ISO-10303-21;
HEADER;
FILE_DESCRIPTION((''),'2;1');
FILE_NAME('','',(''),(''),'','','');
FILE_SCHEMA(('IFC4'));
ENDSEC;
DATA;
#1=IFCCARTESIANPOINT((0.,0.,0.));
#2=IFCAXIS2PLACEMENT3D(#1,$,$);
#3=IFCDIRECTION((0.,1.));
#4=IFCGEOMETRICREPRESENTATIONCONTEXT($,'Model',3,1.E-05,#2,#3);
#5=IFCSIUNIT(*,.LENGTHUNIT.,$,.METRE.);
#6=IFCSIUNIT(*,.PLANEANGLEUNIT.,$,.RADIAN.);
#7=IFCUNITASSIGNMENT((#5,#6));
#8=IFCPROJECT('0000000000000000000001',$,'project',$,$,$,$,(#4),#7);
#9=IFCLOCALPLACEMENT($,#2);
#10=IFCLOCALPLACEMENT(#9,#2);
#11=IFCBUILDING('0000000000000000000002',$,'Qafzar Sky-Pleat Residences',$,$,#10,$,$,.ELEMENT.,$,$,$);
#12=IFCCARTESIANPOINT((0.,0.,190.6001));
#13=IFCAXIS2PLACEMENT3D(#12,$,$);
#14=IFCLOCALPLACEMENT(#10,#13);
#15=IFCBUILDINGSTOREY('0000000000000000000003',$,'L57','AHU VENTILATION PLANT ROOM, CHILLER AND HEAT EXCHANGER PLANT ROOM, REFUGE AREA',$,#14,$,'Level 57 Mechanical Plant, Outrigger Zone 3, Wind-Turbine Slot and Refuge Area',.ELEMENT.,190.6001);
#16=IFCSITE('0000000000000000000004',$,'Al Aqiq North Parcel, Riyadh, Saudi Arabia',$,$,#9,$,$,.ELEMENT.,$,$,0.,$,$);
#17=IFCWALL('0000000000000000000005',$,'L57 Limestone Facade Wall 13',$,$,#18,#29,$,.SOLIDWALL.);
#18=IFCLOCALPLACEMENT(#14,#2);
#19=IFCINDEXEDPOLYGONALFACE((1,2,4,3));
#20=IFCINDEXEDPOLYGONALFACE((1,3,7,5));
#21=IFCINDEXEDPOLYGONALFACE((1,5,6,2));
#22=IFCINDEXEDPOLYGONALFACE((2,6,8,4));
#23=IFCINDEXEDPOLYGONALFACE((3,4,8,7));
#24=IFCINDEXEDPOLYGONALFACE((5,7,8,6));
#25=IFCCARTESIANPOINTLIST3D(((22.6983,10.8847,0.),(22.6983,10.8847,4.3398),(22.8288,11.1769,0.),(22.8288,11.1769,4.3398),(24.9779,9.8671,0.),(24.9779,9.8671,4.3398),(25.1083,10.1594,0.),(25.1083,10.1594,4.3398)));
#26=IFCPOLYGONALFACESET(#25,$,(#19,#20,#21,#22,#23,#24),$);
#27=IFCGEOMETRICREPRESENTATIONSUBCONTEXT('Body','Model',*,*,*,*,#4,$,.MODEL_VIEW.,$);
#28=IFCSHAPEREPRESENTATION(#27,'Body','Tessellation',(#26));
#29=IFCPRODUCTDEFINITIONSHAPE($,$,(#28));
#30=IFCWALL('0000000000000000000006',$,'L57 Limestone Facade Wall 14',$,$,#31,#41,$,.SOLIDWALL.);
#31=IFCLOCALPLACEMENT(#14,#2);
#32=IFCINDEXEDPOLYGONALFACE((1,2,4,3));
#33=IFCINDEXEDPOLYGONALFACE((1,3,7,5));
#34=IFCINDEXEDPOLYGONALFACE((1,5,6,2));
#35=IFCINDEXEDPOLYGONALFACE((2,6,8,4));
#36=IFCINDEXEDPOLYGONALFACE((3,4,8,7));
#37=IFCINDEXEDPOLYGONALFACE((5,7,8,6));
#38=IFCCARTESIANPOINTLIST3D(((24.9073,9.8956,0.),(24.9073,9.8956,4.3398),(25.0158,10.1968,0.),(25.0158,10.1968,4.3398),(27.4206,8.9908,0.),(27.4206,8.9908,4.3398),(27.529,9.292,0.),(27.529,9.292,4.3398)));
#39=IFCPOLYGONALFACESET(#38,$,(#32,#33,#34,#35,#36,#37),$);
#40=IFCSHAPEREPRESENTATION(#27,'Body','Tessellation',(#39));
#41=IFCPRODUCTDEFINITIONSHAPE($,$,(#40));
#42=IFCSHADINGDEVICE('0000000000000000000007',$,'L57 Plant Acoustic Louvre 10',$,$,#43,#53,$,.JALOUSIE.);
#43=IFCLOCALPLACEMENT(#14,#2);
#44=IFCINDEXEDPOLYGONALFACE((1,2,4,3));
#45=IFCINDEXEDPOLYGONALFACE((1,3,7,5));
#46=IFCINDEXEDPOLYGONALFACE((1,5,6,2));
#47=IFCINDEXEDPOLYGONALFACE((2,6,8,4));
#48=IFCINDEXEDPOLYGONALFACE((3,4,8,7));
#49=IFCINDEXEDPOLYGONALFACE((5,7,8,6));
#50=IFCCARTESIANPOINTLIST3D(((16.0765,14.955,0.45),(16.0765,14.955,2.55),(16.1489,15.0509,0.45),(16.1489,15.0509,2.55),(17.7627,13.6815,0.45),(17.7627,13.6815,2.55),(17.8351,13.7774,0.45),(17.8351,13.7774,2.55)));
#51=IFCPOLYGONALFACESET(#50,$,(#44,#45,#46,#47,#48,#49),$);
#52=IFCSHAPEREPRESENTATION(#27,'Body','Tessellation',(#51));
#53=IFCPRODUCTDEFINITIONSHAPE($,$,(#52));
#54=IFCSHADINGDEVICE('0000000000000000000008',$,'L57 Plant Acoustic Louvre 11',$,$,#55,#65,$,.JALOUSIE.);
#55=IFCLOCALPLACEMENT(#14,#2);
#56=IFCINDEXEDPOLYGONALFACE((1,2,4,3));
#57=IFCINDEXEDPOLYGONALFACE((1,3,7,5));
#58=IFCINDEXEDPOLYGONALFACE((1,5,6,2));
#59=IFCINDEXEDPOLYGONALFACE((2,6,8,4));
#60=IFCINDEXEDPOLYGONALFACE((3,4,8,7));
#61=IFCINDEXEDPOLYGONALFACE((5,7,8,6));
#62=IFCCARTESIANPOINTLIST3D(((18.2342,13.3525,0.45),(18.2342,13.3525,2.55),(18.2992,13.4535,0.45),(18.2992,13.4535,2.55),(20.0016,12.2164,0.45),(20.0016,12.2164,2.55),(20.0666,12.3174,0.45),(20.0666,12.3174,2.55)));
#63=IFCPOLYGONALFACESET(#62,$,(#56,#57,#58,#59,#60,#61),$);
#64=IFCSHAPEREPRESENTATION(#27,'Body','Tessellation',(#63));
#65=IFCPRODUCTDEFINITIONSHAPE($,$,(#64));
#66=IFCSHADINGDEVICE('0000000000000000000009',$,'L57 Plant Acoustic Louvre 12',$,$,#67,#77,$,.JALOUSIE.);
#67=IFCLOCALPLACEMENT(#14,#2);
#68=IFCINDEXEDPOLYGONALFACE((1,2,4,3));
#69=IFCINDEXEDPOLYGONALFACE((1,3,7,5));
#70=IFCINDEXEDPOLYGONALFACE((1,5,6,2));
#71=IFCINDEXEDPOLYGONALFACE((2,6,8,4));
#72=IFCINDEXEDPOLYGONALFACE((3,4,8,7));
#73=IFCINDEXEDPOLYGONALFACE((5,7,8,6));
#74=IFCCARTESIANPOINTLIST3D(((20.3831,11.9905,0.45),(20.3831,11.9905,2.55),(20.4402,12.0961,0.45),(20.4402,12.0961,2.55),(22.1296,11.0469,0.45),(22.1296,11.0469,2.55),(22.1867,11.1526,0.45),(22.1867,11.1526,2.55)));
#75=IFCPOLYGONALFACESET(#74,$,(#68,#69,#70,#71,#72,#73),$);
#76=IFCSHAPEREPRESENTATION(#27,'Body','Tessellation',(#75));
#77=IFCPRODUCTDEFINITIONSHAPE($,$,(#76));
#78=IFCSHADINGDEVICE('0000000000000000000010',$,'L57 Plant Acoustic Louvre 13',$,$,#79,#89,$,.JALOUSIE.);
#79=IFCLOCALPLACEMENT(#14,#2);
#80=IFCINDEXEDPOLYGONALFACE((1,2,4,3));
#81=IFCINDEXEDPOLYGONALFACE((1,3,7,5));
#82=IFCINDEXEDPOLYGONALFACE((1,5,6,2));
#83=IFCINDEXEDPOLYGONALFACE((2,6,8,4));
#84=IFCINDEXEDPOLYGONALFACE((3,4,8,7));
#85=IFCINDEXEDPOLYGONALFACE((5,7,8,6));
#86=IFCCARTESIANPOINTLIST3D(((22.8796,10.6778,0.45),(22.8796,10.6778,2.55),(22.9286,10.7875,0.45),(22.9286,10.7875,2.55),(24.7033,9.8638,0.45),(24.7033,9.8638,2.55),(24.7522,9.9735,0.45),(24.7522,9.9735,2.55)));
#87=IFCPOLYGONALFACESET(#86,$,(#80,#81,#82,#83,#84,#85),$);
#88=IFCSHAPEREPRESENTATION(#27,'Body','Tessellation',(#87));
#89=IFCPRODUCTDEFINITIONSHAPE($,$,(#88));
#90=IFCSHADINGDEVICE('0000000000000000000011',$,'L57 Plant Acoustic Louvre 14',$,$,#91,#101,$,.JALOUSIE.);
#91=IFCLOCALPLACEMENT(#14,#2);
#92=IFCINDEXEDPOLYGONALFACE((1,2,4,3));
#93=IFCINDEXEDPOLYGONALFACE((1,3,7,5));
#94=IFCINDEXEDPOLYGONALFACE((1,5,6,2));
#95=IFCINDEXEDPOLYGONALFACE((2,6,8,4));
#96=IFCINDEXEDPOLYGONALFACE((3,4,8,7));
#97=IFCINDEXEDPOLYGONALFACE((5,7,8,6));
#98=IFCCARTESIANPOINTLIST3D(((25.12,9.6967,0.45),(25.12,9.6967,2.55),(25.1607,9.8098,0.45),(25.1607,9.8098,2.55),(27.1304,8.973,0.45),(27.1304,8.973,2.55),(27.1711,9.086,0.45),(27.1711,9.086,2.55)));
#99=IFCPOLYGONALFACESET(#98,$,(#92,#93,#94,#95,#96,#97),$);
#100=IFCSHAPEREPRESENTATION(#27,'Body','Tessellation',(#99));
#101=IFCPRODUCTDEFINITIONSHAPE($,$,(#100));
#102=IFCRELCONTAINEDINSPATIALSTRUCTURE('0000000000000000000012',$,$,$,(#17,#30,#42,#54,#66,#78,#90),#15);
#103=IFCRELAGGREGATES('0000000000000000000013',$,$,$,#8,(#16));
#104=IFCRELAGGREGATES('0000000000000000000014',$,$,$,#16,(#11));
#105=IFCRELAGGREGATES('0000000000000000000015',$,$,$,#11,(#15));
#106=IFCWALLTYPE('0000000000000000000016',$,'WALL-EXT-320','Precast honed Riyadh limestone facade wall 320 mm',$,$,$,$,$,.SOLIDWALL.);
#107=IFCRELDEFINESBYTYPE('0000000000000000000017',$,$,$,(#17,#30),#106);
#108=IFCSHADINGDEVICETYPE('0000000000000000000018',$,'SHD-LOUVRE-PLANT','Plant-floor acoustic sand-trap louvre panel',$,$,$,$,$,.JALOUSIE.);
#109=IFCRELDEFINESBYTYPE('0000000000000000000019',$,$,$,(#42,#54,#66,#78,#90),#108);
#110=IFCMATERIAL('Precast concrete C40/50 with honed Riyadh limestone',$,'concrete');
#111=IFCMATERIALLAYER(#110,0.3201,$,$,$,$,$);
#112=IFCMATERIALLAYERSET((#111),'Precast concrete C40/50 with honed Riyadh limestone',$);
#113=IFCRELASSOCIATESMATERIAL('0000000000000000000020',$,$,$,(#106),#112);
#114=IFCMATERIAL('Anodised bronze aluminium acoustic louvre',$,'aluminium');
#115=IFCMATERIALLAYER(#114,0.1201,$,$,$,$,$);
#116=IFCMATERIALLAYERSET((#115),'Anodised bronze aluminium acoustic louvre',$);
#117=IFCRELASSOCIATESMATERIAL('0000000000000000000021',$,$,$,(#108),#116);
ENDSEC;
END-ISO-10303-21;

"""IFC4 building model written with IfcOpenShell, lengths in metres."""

from ifc_helpers import new_model, si_unit, direction, frame, frame_2d, origin, origin_2d, place, context, subcontext, project, spatial, rectangle, extrude, source, transform, mapped, material, layer, layer_set, type_object, element, save


model = new_model("IFC4")

# Units and contexts
model_context = context("Model", 3, precision=1e-05, world=origin(), true_north=direction((0.0, 1.0)))
body_context = subcontext(model_context, "Body", "Model", "MODEL_VIEW")
ifc_project = project(units=[si_unit("LENGTHUNIT", "METRE"), si_unit("PLANEANGLEUNIT", "RADIAN")], contexts=[model_context])

# Site, building, storey
site_placement = place(None, origin())
site = spatial("IfcSite", under=ifc_project, at=site_placement, Name="Al Aqiq North Parcel, Riyadh, Saudi Arabia", CompositionType="ELEMENT", RefElevation=0.0)
building_placement = place(site_placement, origin())
building = spatial("IfcBuilding", under=site, at=building_placement, Name="Qafzar Sky-Pleat Residences", CompositionType="ELEMENT")
storey_placement = place(building_placement, frame((0.0, 0.0, 190.6001)))
storey = spatial("IfcBuildingStorey", under=building, at=storey_placement, Name="L57", Description="AHU VENTILATION PLANT ROOM, CHILLER AND HEAT EXCHANGER PLANT ROOM, REFUGE AREA", LongName="Level 57 Mechanical Plant, Outrigger Zone 3, Wind-Turbine Slot and Refuge Area", CompositionType="ELEMENT", Elevation=190.6001)

# Walls
ifc_material_1 = material(Name="Precast concrete C40/50 with honed Riyadh limestone", Category="concrete")
ifc_layer_1 = layer(ifc_material_1, 0.3201)
ifc_layer_set_1 = layer_set([ifc_layer_1], Name="Precast concrete C40/50 with honed Riyadh limestone")
wall_type = type_object("IfcWallType", Name="WALL-EXT-320", Description="Precast honed Riyadh limestone facade wall 320 mm", PredefinedType="SOLIDWALL", material=ifc_layer_set_1)
wall_1_placement = place(storey_placement, frame((22.7637, 11.0308, 0.0), z_axis=(0.0, 0.0, 1.0), x_axis=(0.913149, -0.407626, 0.0)))
element("IfcWall", 1, at=wall_1_placement, inside=storey, type_object=wall_type, Name="L57 Limestone Facade Wall 13", PredefinedType="SOLIDWALL", context=body_context, shape_type="SweptSolid", body=[
    extrude(rectangle(XDim=2.4963, YDim=0.3201, at=frame_2d((1.248, 0.0))), origin(), (0.0, 0.0, 1.0), 4.3398),
])
wall_2_placement = place(storey_placement, frame((24.9617, 10.0461, 0.0), z_axis=(0.0, 0.0, 1.0), x_axis=(0.940883, -0.338732, 0.0)))
element("IfcWall", 2, at=wall_2_placement, inside=storey, type_object=wall_type, Name="L57 Limestone Facade Wall 14", PredefinedType="SOLIDWALL", context=body_context, shape_type="SweptSolid", body=[
    extrude(rectangle(XDim=2.6711, YDim=0.3201, at=frame_2d((1.3354, 0.0))), origin(), (0.0, 0.0, 1.0), 4.3398),
])

# Shading devices
ifc_material_2 = material(Name="Anodised bronze aluminium acoustic louvre", Category="aluminium")
ifc_layer_2 = layer(ifc_material_2, 0.1201)
ifc_layer_set_2 = layer_set([ifc_layer_2], Name="Anodised bronze aluminium acoustic louvre")
shading_device_type = type_object("IfcShadingDeviceType", Name="SHD-LOUVRE-PLANT", Description="Plant-floor acoustic sand-trap louvre panel", PredefinedType="JALOUSIE", material=ifc_layer_set_2)
shared_shape_1 = source(origin(), body_context, "Body", "SweptSolid", [
    extrude(rectangle(XDim=2.113, YDim=0.1201, at=origin_2d()), origin(), (0.0, 0.0, 1.0), 2.1001),
])
shading_device_1_placement = place(storey_placement, frame((16.9558, 14.3662, 0.45), z_axis=(0.0, 0.0, 1.0), x_axis=(0.797987, -0.602674, 0.0)))
element("IfcShadingDevice", 3, at=shading_device_1_placement, inside=storey, type_object=shading_device_type, Name="L57 Plant Acoustic Louvre 10", PredefinedType="JALOUSIE", context=body_context, shape_type="MappedRepresentation", body=[
    mapped(shared_shape_1, transform((0.0, 0.0, 0.0), x_axis=(1.0, 0.0, 0.0), y_axis=(0.0, 1.0, 0.0), z_axis=(0.0, 0.0, 1.0), scale=1.0)),
])
shared_shape_2 = source(origin(), body_context, "Body", "SweptSolid", [
    extrude(rectangle(XDim=2.1011, YDim=0.1201, at=origin_2d()), origin(), (0.0, 0.0, 1.0), 2.1001),
])
shading_device_2_placement = place(storey_placement, frame((19.1504, 12.835, 0.45), z_axis=(0.0, 0.0, 1.0), x_axis=(0.84119, -0.54074, 0.0)))
element("IfcShadingDevice", 4, at=shading_device_2_placement, inside=storey, type_object=shading_device_type, Name="L57 Plant Acoustic Louvre 11", PredefinedType="JALOUSIE", context=body_context, shape_type="MappedRepresentation", body=[
    mapped(shared_shape_2, transform((0.0, 0.0, 0.0), x_axis=(1.0, 0.0, 0.0), y_axis=(0.0, 1.0, 0.0), z_axis=(0.0, 0.0, 1.0), scale=1.0)),
])
shared_shape_3 = source(origin(), body_context, "Body", "SweptSolid", [
    extrude(rectangle(XDim=1.9851, YDim=0.1201, at=origin_2d()), origin(), (0.0, 0.0, 1.0), 2.1001),
])
shading_device_3_placement = place(storey_placement, frame((21.2849, 11.5715, 0.45), z_axis=(0.0, 0.0, 1.0), x_axis=(0.879817, -0.475313, 0.0)))
element("IfcShadingDevice", 5, at=shading_device_3_placement, inside=storey, type_object=shading_device_type, Name="L57 Plant Acoustic Louvre 12", PredefinedType="JALOUSIE", context=body_context, shape_type="MappedRepresentation", body=[
    mapped(shared_shape_3, transform((0.0, 0.0, 0.0), x_axis=(1.0, 0.0, 0.0), y_axis=(0.0, 1.0, 0.0), z_axis=(0.0, 0.0, 1.0), scale=1.0)),
])
shared_shape_4 = source(origin(), body_context, "Body", "SweptSolid", [
    extrude(rectangle(XDim=1.9971, YDim=0.1201, at=origin_2d()), origin(), (0.0, 0.0, 1.0), 2.1001),
])
shading_device_4_placement = place(storey_placement, frame((23.8159, 10.3257, 0.45), z_axis=(0.0, 0.0, 1.0), x_axis=(0.913165, -0.407591, 0.0)))
element("IfcShadingDevice", 6, at=shading_device_4_placement, inside=storey, type_object=shading_device_type, Name="L57 Plant Acoustic Louvre 13", PredefinedType="JALOUSIE", context=body_context, shape_type="MappedRepresentation", body=[
    mapped(shared_shape_4, transform((0.0, 0.0, 0.0), x_axis=(1.0, 0.0, 0.0), y_axis=(0.0, 1.0, 0.0), z_axis=(0.0, 0.0, 1.0), scale=1.0)),
])
shared_shape_5 = source(origin(), body_context, "Body", "SweptSolid", [
    extrude(rectangle(XDim=2.1367, YDim=0.1201, at=origin_2d()), origin(), (0.0, 0.0, 1.0), 2.1001),
])
shading_device_5_placement = place(storey_placement, frame((26.1455, 9.3914, 0.45), z_axis=(0.0, 0.0, 1.0), x_axis=(0.940882, -0.338735, 0.0)))
element("IfcShadingDevice", 7, at=shading_device_5_placement, inside=storey, type_object=shading_device_type, Name="L57 Plant Acoustic Louvre 14", PredefinedType="JALOUSIE", context=body_context, shape_type="MappedRepresentation", body=[
    mapped(shared_shape_5, transform((0.0, 0.0, 0.0), x_axis=(1.0, 0.0, 0.0), y_axis=(0.0, 1.0, 0.0), z_axis=(0.0, 0.0, 1.0), scale=1.0)),
])

save(model, "model.ifc")
